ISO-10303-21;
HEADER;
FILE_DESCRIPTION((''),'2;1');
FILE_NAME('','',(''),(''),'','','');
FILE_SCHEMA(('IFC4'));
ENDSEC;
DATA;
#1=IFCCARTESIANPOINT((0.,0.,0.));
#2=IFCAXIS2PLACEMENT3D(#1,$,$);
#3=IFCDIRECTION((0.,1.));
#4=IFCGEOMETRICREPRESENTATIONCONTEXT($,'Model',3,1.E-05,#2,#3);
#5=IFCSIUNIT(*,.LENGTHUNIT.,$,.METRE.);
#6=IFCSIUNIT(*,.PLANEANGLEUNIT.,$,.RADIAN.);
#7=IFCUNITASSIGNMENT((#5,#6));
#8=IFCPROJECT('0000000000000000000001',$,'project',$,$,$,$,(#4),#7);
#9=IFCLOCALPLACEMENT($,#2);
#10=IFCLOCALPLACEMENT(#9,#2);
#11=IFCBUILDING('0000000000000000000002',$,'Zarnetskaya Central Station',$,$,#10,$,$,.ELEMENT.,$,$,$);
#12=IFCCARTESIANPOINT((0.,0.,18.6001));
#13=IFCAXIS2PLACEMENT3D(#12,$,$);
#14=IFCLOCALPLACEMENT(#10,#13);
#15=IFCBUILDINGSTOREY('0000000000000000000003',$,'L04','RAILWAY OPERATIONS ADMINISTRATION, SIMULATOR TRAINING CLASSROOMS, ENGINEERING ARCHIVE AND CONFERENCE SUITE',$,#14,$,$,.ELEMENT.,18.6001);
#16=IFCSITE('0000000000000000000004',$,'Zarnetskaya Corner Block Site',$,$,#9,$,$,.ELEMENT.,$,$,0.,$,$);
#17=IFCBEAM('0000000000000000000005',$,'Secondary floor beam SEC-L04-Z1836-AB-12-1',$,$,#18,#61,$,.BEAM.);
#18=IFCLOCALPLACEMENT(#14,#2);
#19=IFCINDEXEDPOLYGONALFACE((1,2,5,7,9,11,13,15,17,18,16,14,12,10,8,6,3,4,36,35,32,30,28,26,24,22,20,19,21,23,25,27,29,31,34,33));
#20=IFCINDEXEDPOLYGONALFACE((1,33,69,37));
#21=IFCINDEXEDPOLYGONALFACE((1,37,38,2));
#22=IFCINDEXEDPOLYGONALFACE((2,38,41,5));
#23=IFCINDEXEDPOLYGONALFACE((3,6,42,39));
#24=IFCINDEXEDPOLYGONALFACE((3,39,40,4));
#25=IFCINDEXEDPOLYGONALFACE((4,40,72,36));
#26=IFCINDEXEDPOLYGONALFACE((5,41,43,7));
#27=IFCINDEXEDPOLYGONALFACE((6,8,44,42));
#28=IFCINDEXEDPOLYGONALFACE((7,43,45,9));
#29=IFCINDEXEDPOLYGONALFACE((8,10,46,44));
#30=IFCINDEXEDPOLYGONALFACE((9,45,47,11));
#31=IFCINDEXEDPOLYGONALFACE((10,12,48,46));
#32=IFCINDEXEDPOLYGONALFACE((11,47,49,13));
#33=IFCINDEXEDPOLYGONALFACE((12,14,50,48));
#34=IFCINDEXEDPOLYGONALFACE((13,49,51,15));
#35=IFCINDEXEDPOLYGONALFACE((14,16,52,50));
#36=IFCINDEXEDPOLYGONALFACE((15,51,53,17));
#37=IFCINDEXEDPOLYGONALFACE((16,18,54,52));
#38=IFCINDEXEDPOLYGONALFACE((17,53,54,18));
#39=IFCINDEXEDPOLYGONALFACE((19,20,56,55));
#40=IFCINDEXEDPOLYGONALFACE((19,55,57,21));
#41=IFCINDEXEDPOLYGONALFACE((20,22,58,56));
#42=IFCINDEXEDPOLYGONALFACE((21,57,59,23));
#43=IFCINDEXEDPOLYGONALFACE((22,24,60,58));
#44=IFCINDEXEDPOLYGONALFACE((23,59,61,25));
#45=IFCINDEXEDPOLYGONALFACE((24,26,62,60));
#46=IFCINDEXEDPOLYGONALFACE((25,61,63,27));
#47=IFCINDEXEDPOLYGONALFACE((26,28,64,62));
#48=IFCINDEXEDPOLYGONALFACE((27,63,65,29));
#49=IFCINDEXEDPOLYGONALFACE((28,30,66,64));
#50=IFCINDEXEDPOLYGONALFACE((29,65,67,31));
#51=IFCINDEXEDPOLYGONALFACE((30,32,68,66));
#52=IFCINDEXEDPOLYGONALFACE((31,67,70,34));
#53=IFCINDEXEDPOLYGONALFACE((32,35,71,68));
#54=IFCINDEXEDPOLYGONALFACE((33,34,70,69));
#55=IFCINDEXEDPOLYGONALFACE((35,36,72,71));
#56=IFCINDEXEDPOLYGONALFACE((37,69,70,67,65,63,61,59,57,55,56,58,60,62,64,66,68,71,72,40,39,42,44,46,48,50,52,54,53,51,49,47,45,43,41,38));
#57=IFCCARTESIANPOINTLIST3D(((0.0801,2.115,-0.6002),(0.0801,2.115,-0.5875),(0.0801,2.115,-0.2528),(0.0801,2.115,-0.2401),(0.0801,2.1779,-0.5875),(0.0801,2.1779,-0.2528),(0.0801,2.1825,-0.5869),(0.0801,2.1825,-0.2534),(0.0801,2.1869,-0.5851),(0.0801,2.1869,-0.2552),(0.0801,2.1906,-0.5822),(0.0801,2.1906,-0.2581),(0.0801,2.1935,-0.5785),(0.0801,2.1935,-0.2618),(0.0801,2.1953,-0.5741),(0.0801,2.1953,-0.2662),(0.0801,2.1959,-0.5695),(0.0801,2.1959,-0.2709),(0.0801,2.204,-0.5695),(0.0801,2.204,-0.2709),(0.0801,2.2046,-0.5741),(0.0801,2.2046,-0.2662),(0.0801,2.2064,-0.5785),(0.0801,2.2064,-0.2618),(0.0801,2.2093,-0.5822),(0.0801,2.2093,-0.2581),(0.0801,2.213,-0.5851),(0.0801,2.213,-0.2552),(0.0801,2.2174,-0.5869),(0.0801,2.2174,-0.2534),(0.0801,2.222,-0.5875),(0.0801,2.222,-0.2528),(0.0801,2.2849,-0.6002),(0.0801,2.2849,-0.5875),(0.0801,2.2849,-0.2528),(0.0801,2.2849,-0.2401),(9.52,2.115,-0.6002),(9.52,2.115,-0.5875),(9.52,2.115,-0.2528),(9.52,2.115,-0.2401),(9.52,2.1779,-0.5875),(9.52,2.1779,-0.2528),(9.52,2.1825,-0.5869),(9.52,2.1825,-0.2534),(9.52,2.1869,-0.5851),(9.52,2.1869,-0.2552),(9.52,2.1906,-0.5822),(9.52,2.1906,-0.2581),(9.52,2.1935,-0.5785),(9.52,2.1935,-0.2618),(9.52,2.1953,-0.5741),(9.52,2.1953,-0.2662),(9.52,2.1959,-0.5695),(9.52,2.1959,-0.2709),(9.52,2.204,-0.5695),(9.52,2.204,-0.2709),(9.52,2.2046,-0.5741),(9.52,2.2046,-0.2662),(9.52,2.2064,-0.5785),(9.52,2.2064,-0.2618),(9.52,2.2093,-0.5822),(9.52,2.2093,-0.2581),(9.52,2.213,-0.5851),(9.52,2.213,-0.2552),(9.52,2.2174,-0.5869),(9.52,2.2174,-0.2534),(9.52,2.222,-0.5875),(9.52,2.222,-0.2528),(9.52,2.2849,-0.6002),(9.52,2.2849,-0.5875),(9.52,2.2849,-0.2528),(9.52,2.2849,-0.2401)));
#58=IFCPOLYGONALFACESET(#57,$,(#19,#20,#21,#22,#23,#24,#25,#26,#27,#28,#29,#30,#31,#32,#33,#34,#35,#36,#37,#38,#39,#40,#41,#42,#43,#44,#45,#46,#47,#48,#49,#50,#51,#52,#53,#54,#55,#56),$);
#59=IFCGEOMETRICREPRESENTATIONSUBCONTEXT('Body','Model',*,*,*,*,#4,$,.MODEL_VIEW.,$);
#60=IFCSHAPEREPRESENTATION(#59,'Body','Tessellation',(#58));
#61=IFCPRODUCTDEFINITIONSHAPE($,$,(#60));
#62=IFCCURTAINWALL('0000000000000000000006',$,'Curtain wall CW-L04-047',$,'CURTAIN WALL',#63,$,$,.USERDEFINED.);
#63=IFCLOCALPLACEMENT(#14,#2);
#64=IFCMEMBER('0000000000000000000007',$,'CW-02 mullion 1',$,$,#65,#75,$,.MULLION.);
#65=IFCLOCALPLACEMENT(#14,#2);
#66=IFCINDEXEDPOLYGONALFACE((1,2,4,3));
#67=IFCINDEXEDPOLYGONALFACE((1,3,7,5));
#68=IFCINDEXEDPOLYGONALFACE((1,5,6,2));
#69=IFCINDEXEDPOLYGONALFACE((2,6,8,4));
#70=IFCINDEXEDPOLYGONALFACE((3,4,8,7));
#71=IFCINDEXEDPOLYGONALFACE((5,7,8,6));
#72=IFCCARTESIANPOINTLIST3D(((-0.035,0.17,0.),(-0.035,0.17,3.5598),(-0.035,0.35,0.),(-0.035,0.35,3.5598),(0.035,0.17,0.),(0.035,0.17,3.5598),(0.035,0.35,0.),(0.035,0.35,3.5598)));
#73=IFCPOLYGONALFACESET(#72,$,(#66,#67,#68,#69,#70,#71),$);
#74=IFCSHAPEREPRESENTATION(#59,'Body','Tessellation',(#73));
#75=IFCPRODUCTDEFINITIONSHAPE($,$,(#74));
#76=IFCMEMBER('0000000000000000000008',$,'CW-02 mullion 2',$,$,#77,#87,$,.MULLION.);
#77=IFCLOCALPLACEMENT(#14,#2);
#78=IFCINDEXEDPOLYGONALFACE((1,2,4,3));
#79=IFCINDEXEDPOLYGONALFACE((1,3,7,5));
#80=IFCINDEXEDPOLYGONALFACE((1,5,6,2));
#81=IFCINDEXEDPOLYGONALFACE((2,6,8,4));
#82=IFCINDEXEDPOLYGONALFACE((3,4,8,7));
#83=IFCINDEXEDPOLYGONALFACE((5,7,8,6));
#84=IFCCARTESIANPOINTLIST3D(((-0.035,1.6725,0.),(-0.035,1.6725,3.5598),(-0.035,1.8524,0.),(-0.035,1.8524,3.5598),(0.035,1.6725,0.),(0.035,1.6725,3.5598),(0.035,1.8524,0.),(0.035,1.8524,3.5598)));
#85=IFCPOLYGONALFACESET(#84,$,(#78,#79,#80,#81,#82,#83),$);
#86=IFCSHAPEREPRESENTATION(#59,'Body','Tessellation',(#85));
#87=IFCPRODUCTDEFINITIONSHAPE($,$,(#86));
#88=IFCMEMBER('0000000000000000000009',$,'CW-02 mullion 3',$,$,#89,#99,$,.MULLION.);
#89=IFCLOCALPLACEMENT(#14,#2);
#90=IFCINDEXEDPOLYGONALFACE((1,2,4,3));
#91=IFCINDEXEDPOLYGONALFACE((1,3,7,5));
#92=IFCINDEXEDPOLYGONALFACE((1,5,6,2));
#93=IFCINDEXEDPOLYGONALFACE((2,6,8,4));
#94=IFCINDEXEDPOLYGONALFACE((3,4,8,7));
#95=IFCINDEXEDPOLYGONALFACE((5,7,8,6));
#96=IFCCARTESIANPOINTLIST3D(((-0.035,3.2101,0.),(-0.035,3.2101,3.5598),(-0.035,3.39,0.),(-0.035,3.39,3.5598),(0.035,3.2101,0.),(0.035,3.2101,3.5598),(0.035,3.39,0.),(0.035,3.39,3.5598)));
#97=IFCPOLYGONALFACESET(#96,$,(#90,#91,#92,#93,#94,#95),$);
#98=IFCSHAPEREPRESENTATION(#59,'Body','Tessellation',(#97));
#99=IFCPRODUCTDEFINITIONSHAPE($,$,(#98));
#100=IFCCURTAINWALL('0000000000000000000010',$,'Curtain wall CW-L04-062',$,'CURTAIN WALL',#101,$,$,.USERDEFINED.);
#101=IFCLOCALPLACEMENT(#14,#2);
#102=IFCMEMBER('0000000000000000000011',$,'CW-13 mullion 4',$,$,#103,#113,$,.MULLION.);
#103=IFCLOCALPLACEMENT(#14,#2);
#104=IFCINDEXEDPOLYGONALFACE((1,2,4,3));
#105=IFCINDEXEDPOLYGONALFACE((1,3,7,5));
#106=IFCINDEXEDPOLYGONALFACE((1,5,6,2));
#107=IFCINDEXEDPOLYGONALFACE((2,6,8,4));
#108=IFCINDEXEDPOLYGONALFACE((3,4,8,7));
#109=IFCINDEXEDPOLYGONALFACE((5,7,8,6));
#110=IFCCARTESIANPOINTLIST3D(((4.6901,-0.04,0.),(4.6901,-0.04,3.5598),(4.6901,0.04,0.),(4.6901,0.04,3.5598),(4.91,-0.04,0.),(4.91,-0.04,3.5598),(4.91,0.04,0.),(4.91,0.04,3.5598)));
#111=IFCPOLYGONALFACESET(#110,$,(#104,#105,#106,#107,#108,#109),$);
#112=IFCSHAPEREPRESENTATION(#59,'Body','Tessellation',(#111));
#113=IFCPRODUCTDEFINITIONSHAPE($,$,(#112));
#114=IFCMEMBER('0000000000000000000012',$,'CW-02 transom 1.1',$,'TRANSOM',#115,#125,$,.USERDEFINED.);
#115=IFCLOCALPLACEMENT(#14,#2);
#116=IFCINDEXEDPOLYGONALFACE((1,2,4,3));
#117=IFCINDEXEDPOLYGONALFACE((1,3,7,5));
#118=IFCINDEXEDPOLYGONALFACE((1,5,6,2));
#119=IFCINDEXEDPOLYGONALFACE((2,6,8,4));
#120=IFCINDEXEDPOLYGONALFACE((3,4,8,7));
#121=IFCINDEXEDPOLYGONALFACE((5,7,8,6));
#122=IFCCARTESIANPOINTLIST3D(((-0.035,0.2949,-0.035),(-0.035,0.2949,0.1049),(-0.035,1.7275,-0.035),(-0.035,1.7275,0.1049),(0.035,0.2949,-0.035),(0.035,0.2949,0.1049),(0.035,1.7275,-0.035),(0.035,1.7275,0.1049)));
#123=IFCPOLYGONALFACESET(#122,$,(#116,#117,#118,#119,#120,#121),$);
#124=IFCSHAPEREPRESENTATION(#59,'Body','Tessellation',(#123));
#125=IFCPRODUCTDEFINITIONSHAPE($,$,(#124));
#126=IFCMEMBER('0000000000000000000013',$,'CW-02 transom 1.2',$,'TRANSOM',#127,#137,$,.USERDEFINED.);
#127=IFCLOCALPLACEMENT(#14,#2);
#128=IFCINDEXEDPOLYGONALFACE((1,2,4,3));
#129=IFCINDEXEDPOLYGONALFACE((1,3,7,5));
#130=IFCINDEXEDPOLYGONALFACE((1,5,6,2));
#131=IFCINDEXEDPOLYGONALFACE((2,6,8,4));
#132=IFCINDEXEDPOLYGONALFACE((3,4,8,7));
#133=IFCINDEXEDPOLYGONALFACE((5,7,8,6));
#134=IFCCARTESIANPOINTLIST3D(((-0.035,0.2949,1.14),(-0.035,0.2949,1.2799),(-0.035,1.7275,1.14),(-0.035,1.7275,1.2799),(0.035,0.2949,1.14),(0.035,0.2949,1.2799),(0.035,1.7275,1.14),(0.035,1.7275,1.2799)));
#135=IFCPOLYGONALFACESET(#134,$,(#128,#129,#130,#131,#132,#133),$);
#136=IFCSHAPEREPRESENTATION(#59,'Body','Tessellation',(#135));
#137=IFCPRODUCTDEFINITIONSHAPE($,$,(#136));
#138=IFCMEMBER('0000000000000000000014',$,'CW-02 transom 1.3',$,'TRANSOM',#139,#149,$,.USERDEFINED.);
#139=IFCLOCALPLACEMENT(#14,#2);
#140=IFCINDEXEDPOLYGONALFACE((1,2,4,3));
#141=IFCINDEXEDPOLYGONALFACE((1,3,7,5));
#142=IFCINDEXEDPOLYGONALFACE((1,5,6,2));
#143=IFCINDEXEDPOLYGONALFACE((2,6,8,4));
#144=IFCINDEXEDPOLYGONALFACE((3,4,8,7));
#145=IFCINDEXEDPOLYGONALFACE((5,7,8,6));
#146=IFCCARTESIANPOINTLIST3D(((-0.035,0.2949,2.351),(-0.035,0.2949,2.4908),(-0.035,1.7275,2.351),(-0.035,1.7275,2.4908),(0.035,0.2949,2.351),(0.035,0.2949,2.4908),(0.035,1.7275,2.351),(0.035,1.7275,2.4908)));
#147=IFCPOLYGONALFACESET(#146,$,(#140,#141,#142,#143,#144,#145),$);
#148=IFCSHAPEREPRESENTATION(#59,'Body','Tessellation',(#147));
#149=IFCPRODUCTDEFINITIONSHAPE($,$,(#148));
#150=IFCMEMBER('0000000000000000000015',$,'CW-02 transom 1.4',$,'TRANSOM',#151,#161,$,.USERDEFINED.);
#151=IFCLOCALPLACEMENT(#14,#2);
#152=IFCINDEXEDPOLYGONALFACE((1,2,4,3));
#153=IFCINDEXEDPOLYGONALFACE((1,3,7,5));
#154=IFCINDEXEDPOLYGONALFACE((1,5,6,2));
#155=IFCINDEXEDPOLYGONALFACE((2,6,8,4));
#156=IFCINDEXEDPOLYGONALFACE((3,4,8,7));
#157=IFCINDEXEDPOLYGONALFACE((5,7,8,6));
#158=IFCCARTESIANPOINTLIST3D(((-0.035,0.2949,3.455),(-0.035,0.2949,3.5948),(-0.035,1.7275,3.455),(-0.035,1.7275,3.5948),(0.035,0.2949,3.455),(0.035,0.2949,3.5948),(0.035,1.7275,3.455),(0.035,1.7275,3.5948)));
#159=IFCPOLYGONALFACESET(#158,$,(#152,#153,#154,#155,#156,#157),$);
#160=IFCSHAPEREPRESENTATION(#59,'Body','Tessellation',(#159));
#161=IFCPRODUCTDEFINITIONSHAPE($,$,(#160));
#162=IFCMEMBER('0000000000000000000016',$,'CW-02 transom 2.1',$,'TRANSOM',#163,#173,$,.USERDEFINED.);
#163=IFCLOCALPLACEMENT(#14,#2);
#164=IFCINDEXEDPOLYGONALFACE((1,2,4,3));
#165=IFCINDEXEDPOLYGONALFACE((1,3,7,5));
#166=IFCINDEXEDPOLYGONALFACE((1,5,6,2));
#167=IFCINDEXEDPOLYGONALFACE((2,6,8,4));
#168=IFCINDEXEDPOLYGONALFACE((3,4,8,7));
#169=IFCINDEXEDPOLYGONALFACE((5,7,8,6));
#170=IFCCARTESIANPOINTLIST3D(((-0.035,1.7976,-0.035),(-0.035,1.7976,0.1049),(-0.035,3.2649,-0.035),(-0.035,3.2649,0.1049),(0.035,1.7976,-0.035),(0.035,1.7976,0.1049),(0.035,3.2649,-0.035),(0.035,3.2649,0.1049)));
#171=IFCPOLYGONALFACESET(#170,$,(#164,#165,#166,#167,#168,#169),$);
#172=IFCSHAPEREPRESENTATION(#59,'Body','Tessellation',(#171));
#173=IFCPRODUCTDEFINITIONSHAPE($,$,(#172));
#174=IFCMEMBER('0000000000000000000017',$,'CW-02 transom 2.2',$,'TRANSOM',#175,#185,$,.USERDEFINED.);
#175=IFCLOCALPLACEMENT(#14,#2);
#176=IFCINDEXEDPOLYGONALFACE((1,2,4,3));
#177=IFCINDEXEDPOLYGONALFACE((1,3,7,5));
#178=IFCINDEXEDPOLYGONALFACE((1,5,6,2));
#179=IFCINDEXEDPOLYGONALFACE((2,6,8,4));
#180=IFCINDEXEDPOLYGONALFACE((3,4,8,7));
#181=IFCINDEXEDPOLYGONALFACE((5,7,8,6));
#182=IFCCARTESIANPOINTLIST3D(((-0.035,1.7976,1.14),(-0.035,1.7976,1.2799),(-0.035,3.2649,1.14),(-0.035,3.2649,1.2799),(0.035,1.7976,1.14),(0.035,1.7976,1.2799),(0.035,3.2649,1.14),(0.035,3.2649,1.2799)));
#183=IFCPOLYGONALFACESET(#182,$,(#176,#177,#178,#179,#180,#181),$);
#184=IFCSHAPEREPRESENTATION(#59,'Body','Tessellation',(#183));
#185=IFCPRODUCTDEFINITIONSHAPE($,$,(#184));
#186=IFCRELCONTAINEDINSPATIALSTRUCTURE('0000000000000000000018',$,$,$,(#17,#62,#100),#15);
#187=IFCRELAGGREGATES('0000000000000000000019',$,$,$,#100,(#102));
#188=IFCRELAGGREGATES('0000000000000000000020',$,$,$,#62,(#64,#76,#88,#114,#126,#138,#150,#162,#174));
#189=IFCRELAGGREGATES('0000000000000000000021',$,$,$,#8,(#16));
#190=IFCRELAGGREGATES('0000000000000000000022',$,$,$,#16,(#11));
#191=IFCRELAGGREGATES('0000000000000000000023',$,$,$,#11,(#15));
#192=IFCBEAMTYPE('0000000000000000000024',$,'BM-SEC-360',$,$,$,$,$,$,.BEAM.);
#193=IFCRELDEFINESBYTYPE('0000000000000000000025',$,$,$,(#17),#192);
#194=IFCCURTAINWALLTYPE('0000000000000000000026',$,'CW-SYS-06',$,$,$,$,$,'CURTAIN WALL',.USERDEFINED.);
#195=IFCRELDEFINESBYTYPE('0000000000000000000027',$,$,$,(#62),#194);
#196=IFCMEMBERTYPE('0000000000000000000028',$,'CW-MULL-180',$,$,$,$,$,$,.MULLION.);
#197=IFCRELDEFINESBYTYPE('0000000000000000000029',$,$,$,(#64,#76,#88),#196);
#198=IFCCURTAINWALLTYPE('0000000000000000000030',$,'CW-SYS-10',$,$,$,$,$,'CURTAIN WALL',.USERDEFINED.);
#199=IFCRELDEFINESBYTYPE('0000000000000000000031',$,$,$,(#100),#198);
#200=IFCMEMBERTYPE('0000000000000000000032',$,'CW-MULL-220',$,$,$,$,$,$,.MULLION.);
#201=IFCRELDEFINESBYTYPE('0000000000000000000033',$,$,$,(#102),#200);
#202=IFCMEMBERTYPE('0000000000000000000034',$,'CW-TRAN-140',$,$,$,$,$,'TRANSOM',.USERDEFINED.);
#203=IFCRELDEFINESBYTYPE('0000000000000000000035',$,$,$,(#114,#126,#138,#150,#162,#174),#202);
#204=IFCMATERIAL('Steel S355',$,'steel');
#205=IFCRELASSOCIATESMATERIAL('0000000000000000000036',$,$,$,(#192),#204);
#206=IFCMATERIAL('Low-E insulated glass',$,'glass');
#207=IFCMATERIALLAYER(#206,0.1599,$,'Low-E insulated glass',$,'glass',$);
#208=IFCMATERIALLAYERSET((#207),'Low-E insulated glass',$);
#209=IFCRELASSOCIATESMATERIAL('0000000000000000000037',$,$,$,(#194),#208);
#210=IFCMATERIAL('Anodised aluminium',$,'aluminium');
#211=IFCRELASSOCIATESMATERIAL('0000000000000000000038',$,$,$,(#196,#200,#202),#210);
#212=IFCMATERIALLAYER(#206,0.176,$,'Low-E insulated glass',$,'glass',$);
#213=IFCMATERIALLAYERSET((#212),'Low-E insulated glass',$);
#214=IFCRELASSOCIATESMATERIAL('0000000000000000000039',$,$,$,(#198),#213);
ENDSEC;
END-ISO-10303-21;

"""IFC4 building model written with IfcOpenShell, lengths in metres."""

from ifc_helpers import new_model, si_unit, direction, frame, origin, origin_2d, place, context, subcontext, project, spatial, rectangle, i_section, extrude, material, layer, layer_set, material_profile, profile_set, type_object, element, aggregate, save


model = new_model("IFC4")

# Units and contexts
model_context = context("Model", 3, precision=1e-05, world=origin(), true_north=direction((0.0, 1.0)))
body_context = subcontext(model_context, "Body", "Model", "MODEL_VIEW")
ifc_project = project(units=[si_unit("LENGTHUNIT", "METRE"), si_unit("PLANEANGLEUNIT", "RADIAN")], contexts=[model_context])

# Site, building, storey
site_placement = place(None, origin())
site = spatial("IfcSite", under=ifc_project, at=site_placement, Name="Zarnetskaya Corner Block Site", CompositionType="ELEMENT", RefElevation=0.0)
building_placement = place(site_placement, origin())
building = spatial("IfcBuilding", under=site, at=building_placement, Name="Zarnetskaya Central Station", CompositionType="ELEMENT")
storey_placement = place(building_placement, frame((0.0, 0.0, 18.6001)))
storey = spatial("IfcBuildingStorey", under=building, at=storey_placement, Name="L04", Description="RAILWAY OPERATIONS ADMINISTRATION, SIMULATOR TRAINING CLASSROOMS, ENGINEERING ARCHIVE AND CONFERENCE SUITE", CompositionType="ELEMENT", Elevation=18.6001)

# Beam
ifc_material_1 = material(Name="Steel S355", Category="steel")
ifc_material_profile_1 = material_profile(ifc_material_1, i_section(OverallWidth=0.1699, OverallDepth=0.3601, WebThickness=0.0081, FlangeThickness=0.0127, FilletRadius=0.0181, at=origin_2d()), Name="IPE 360")
ifc_profile_set_1 = profile_set([ifc_material_profile_1], Name="Steel S355")
beam_type = type_object("IfcBeamType", Name="BM-SEC-360", PredefinedType="BEAM", material=ifc_profile_set_1)
beam_placement = place(storey_placement, frame((0.0801, 2.2, -0.4202), z_axis=(1.0, 0.0, 0.0), x_axis=(0.0, 1.0, 0.0)))
element("IfcBeam", 1, at=beam_placement, inside=storey, type_object=beam_type, Name="Secondary floor beam SEC-L04-Z1836-AB-12-1", PredefinedType="BEAM", context=body_context, shape_type="SweptSolid", body=[
    extrude(i_section(OverallWidth=0.1699, OverallDepth=0.3601, WebThickness=0.0081, FlangeThickness=0.0127, FilletRadius=0.0181, at=origin_2d()), origin(), (0.0, 0.0, 1.0), 9.4399),
])

# Curtain wall, members
ifc_material_2 = material(Name="Low-E insulated glass", Category="glass")
ifc_layer_1 = layer(ifc_material_2, 0.1599, Name="Low-E insulated glass", Category="glass")
ifc_layer_set_1 = layer_set([ifc_layer_1], Name="Low-E insulated glass")
curtain_wall_type_1 = type_object("IfcCurtainWallType", Name="CW-SYS-06", ElementType="CURTAIN WALL", PredefinedType="USERDEFINED", material=ifc_layer_set_1)
curtain_wall_1_placement = place(storey_placement, origin())
curtain_wall_1 = element("IfcCurtainWall", 2, at=curtain_wall_1_placement, inside=storey, type_object=curtain_wall_type_1, Name="Curtain wall CW-L04-047", ObjectType="CURTAIN WALL", PredefinedType="USERDEFINED")
ifc_material_3 = material(Name="Anodised aluminium", Category="aluminium")
ifc_material_profile_2 = material_profile(ifc_material_3, rectangle(XDim=0.0701, YDim=0.1799, at=origin_2d()), Name="ALU MULL 70x180")
ifc_profile_set_2 = profile_set([ifc_material_profile_2], Name="Anodised aluminium")
member_type_1 = type_object("IfcMemberType", Name="CW-MULL-180", PredefinedType="MULLION", material=ifc_profile_set_2)
member_1_placement = place(storey_placement, frame((0.0, 0.26, 0.0), z_axis=(0.0, 0.0, 1.0), x_axis=(-1.0, 0.0, 0.0)))
member_1 = element("IfcMember", 3, at=member_1_placement, type_object=member_type_1, Name="CW-02 mullion 1", PredefinedType="MULLION", context=body_context, shape_type="SweptSolid", body=[
    extrude(rectangle(XDim=0.0701, YDim=0.1799, at=origin_2d()), origin(), (0.0, 0.0, 1.0), 3.5598),
])
member_2_placement = place(storey_placement, frame((0.0, 1.7625, 0.0), z_axis=(0.0, 0.0, 1.0), x_axis=(-1.0, 0.0, 0.0)))
member_2 = element("IfcMember", 4, at=member_2_placement, type_object=member_type_1, Name="CW-02 mullion 2", PredefinedType="MULLION", context=body_context, shape_type="SweptSolid", body=[
    extrude(rectangle(XDim=0.0701, YDim=0.1799, at=origin_2d()), origin(), (0.0, 0.0, 1.0), 3.5598),
])
member_3_placement = place(storey_placement, frame((0.0, 3.3, 0.0), z_axis=(0.0, 0.0, 1.0), x_axis=(-1.0, 0.0, 0.0)))
member_3 = element("IfcMember", 5, at=member_3_placement, type_object=member_type_1, Name="CW-02 mullion 3", PredefinedType="MULLION", context=body_context, shape_type="SweptSolid", body=[
    extrude(rectangle(XDim=0.0701, YDim=0.1799, at=origin_2d()), origin(), (0.0, 0.0, 1.0), 3.5598),
])

# Curtain wall, member
ifc_layer_2 = layer(ifc_material_2, 0.176, Name="Low-E insulated glass", Category="glass")
ifc_layer_set_2 = layer_set([ifc_layer_2], Name="Low-E insulated glass")
curtain_wall_type_2 = type_object("IfcCurtainWallType", Name="CW-SYS-10", ElementType="CURTAIN WALL", PredefinedType="USERDEFINED", material=ifc_layer_set_2)
curtain_wall_2_placement = place(storey_placement, origin())
curtain_wall_2 = element("IfcCurtainWall", 6, at=curtain_wall_2_placement, inside=storey, type_object=curtain_wall_type_2, Name="Curtain wall CW-L04-062", ObjectType="CURTAIN WALL", PredefinedType="USERDEFINED")
ifc_material_profile_3 = material_profile(ifc_material_3, rectangle(XDim=0.0801, YDim=0.22, at=origin_2d()), Name="ALU MULL 80x220")
ifc_profile_set_3 = profile_set([ifc_material_profile_3], Name="Anodised aluminium")
member_type_2 = type_object("IfcMemberType", Name="CW-MULL-220", PredefinedType="MULLION", material=ifc_profile_set_3)
member_4_placement = place(storey_placement, frame((4.8, 0.0, 0.0), z_axis=(0.0, 0.0, 1.0), x_axis=(0.0, -1.0, 0.0)))
member_4 = element("IfcMember", 7, at=member_4_placement, type_object=member_type_2, Name="CW-13 mullion 4", PredefinedType="MULLION", context=body_context, shape_type="SweptSolid", body=[
    extrude(rectangle(XDim=0.0801, YDim=0.22, at=origin_2d()), origin(), (0.0, 0.0, 1.0), 3.5598),
])

# Members
ifc_material_profile_4 = material_profile(ifc_material_3, rectangle(XDim=0.0701, YDim=0.1399, at=origin_2d()), Name="ALU TRAN 70x140")
ifc_profile_set_4 = profile_set([ifc_material_profile_4], Name="Anodised aluminium")
member_type_3 = type_object("IfcMemberType", Name="CW-TRAN-140", ElementType="TRANSOM", PredefinedType="USERDEFINED", material=ifc_profile_set_4)
member_5_placement = place(storey_placement, frame((0.0, 0.2949, 0.0349), z_axis=(0.0, 1.0, 0.0), x_axis=(-1.0, 0.0, 0.0)))
member_5 = element("IfcMember", 8, at=member_5_placement, type_object=member_type_3, Name="CW-02 transom 1.1", ObjectType="TRANSOM", PredefinedType="USERDEFINED", context=body_context, shape_type="SweptSolid", body=[
    extrude(rectangle(XDim=0.0701, YDim=0.1399, at=origin_2d()), origin(), (0.0, 0.0, 1.0), 1.4326),
])
member_6_placement = place(storey_placement, frame((0.0, 0.2949, 1.21), z_axis=(0.0, 1.0, 0.0), x_axis=(-1.0, 0.0, 0.0)))
member_6 = element("IfcMember", 9, at=member_6_placement, type_object=member_type_3, Name="CW-02 transom 1.2", ObjectType="TRANSOM", PredefinedType="USERDEFINED", context=body_context, shape_type="SweptSolid", body=[
    extrude(rectangle(XDim=0.0701, YDim=0.1399, at=origin_2d()), origin(), (0.0, 0.0, 1.0), 1.4326),
])
member_7_placement = place(storey_placement, frame((0.0, 0.2949, 2.4209), z_axis=(0.0, 1.0, 0.0), x_axis=(-1.0, 0.0, 0.0)))
member_7 = element("IfcMember", 10, at=member_7_placement, type_object=member_type_3, Name="CW-02 transom 1.3", ObjectType="TRANSOM", PredefinedType="USERDEFINED", context=body_context, shape_type="SweptSolid", body=[
    extrude(rectangle(XDim=0.0701, YDim=0.1399, at=origin_2d()), origin(), (0.0, 0.0, 1.0), 1.4326),
])
member_8_placement = place(storey_placement, frame((0.0, 0.2949, 3.5249), z_axis=(0.0, 1.0, 0.0), x_axis=(-1.0, 0.0, 0.0)))
member_8 = element("IfcMember", 11, at=member_8_placement, type_object=member_type_3, Name="CW-02 transom 1.4", ObjectType="TRANSOM", PredefinedType="USERDEFINED", context=body_context, shape_type="SweptSolid", body=[
    extrude(rectangle(XDim=0.0701, YDim=0.1399, at=origin_2d()), origin(), (0.0, 0.0, 1.0), 1.4326),
])
member_9_placement = place(storey_placement, frame((0.0, 1.7976, 0.0349), z_axis=(0.0, 1.0, 0.0), x_axis=(-1.0, 0.0, 0.0)))
member_9 = element("IfcMember", 12, at=member_9_placement, type_object=member_type_3, Name="CW-02 transom 2.1", ObjectType="TRANSOM", PredefinedType="USERDEFINED", context=body_context, shape_type="SweptSolid", body=[
    extrude(rectangle(XDim=0.0701, YDim=0.1399, at=origin_2d()), origin(), (0.0, 0.0, 1.0), 1.4673),
])
member_10_placement = place(storey_placement, frame((0.0, 1.7976, 1.21), z_axis=(0.0, 1.0, 0.0), x_axis=(-1.0, 0.0, 0.0)))
member_10 = element("IfcMember", 13, at=member_10_placement, type_object=member_type_3, Name="CW-02 transom 2.2", ObjectType="TRANSOM", PredefinedType="USERDEFINED", context=body_context, shape_type="SweptSolid", body=[
    extrude(rectangle(XDim=0.0701, YDim=0.1399, at=origin_2d()), origin(), (0.0, 0.0, 1.0), 1.4673),
])
aggregate(curtain_wall_2, [member_4])

aggregate(curtain_wall_1, [member_1, member_2, member_3, member_5, member_6, member_7, member_8, member_9, member_10])

save(model, "model.ifc")
